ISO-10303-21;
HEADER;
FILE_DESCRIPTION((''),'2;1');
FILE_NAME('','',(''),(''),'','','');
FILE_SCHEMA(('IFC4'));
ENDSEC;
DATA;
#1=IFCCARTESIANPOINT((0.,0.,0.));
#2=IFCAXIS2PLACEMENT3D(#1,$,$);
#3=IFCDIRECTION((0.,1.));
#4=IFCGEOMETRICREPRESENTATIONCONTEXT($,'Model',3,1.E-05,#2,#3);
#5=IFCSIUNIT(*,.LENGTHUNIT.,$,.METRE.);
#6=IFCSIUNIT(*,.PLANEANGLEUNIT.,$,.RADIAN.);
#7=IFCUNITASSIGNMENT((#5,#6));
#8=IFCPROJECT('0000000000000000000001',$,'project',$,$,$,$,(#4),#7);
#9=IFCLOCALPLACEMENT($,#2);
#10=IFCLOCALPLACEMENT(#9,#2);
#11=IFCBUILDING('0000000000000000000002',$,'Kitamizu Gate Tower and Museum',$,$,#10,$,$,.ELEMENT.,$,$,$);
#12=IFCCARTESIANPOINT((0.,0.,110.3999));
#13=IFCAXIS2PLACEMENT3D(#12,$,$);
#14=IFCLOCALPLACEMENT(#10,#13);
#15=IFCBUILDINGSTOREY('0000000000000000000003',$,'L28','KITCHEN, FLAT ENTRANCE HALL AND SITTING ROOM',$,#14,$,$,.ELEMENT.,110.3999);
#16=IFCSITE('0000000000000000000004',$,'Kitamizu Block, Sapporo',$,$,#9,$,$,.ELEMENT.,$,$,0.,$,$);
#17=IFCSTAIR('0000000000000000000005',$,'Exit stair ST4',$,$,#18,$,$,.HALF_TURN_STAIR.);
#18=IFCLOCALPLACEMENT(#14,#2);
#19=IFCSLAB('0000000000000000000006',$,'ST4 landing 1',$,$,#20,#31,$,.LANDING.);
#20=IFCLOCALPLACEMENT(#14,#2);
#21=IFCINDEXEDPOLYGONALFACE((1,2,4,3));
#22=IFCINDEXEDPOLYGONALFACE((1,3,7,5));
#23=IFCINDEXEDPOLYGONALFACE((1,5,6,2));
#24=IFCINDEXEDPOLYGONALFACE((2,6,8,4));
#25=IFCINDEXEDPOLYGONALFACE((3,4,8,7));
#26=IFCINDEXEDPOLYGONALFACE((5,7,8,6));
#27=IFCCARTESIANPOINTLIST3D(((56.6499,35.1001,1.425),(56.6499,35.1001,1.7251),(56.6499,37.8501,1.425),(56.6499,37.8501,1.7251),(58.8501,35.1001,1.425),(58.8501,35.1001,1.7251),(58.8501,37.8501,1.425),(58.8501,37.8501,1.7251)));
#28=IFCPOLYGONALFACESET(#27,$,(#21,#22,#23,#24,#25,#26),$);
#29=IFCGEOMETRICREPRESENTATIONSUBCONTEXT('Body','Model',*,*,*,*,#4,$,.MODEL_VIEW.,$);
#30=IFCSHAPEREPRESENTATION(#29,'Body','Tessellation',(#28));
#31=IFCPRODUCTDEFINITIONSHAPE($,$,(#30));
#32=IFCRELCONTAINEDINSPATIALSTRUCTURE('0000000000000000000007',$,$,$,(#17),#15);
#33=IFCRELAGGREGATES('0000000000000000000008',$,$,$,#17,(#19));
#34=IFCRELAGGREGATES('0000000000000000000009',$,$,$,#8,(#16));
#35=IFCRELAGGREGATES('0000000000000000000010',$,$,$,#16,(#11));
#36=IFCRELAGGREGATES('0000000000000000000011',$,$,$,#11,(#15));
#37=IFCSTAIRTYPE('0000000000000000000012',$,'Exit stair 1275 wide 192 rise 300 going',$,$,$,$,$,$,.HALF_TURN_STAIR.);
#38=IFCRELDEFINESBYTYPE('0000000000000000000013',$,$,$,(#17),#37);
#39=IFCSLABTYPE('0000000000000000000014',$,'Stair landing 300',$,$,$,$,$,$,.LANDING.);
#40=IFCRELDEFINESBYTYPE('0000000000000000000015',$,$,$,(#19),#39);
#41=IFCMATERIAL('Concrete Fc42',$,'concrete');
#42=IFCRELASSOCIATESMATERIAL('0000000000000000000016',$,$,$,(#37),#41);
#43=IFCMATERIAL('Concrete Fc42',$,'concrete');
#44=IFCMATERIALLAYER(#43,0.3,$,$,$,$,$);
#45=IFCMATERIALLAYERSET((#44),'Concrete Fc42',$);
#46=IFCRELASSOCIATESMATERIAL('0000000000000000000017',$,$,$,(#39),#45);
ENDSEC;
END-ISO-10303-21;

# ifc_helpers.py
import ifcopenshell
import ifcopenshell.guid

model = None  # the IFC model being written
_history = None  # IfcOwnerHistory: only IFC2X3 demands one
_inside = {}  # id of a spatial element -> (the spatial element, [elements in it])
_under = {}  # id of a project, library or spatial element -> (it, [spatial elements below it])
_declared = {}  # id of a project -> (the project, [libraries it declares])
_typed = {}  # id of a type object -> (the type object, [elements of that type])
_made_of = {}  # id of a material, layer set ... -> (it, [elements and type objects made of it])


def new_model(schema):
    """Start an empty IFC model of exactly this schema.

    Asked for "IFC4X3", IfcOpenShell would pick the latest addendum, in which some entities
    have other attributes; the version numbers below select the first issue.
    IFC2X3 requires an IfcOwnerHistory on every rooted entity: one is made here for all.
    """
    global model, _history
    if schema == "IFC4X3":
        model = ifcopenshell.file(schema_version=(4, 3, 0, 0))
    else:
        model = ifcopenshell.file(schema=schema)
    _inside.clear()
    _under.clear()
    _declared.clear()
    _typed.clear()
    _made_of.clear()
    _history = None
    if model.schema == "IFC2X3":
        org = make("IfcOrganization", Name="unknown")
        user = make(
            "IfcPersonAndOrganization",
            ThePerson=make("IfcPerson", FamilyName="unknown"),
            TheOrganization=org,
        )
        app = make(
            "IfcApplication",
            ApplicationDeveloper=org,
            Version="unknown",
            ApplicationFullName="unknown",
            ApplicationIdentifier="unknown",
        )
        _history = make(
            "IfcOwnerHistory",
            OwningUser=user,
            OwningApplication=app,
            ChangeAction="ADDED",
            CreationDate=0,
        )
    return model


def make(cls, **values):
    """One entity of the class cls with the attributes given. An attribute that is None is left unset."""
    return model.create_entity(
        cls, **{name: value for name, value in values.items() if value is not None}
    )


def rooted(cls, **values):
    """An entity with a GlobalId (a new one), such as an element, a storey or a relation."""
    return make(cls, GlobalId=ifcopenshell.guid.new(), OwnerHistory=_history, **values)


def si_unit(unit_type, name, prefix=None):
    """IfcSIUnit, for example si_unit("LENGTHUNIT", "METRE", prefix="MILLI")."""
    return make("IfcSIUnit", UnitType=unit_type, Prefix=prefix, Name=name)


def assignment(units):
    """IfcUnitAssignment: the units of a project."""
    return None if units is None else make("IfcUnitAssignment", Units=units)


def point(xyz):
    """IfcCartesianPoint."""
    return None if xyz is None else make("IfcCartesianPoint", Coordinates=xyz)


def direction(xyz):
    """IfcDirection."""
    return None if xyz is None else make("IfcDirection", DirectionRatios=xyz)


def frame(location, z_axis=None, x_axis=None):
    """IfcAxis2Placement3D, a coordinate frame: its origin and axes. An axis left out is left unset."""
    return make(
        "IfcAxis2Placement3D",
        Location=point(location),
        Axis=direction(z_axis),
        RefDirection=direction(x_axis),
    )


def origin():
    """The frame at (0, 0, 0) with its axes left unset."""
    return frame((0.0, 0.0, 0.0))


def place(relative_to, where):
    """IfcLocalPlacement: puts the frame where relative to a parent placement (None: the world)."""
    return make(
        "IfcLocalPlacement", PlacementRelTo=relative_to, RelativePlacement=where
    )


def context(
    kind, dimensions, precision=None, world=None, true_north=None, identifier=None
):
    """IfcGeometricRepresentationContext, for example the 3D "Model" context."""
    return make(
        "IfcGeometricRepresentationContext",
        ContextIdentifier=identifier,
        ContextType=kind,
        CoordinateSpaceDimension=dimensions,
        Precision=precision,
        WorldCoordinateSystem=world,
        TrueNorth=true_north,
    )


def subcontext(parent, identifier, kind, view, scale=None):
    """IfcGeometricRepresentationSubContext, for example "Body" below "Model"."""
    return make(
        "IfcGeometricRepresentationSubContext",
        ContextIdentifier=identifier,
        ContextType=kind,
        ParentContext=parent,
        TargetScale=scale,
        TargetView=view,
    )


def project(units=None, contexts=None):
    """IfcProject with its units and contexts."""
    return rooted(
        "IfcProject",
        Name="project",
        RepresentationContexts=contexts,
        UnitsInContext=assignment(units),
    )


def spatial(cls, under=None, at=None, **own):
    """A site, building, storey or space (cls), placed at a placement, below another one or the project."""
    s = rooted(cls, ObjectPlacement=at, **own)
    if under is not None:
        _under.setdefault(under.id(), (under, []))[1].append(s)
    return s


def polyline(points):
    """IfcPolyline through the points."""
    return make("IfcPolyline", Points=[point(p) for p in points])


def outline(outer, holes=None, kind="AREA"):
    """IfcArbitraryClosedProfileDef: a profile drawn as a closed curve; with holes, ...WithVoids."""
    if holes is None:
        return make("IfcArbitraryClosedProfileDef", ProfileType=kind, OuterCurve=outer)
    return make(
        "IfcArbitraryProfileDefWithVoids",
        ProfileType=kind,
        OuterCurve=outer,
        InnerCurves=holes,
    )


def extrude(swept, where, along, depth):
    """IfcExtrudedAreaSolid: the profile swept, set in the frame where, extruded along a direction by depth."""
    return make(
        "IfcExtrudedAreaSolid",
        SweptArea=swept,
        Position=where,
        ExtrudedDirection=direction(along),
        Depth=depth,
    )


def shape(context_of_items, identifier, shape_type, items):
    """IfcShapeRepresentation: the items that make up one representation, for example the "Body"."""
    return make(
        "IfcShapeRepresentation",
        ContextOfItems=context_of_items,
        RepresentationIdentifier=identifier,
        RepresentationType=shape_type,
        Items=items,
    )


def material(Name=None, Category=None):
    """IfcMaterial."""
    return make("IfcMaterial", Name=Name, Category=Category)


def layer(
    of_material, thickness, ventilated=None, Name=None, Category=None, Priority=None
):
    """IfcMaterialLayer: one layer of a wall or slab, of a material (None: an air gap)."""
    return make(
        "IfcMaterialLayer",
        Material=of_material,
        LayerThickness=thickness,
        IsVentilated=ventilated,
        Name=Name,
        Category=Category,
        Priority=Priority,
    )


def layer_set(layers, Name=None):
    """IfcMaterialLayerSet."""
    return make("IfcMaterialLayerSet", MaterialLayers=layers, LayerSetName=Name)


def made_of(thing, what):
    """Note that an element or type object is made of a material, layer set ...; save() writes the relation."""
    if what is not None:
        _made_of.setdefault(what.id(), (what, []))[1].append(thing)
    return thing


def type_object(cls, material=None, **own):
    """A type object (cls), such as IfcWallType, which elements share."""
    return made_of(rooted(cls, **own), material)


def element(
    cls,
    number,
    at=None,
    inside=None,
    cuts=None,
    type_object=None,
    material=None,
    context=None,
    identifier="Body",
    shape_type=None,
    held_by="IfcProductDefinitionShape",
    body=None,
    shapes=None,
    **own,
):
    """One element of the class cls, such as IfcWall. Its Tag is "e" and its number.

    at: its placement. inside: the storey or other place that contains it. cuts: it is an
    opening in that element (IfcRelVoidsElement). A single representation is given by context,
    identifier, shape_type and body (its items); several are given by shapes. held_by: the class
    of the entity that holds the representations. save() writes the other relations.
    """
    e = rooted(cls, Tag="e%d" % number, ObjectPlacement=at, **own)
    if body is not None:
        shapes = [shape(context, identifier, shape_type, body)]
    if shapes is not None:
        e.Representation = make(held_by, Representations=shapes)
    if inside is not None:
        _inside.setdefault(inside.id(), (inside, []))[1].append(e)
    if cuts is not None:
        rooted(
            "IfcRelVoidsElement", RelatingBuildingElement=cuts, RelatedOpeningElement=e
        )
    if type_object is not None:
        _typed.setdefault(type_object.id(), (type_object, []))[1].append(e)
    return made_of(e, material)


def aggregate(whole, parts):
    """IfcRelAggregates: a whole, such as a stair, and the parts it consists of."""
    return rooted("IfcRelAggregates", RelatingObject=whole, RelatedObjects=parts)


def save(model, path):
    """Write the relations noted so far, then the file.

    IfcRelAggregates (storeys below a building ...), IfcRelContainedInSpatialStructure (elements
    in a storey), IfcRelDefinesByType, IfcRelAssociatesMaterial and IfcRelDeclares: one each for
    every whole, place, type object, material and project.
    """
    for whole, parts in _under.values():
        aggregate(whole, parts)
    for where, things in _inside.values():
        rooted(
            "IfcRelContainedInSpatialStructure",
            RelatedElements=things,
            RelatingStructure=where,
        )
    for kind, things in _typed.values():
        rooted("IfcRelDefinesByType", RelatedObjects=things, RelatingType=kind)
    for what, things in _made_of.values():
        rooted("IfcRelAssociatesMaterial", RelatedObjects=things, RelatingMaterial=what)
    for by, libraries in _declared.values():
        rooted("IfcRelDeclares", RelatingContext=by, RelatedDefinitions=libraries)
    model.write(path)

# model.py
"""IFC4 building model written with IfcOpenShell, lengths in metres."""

from ifc_helpers import new_model, si_unit, direction, frame, origin, place, context, subcontext, project, spatial, polyline, outline, extrude, material, layer, layer_set, type_object, element, aggregate, save


model = new_model("IFC4")

# Units and contexts
model_context = context("Model", 3, precision=1e-05, world=origin(), true_north=direction((0.0, 1.0)))
body_context = subcontext(model_context, "Body", "Model", "MODEL_VIEW")
ifc_project = project(units=[si_unit("LENGTHUNIT", "METRE"), si_unit("PLANEANGLEUNIT", "RADIAN")], contexts=[model_context])

# Site, building, storey
site_placement = place(None, origin())
site = spatial("IfcSite", under=ifc_project, at=site_placement, Name="Kitamizu Block, Sapporo", CompositionType="ELEMENT", RefElevation=0.0)
building_placement = place(site_placement, origin())
building = spatial("IfcBuilding", under=site, at=building_placement, Name="Kitamizu Gate Tower and Museum", CompositionType="ELEMENT")
storey_placement = place(building_placement, frame((0.0, 0.0, 110.3999)))
storey = spatial("IfcBuildingStorey", under=building, at=storey_placement, Name="L28", Description="KITCHEN, FLAT ENTRANCE HALL AND SITTING ROOM", CompositionType="ELEMENT", Elevation=110.3999)

# Stair, slab
ifc_material_1 = material(Name="Concrete Fc42", Category="concrete")
stair_type = type_object("IfcStairType", Name="Exit stair 1275 wide 192 rise 300 going", PredefinedType="HALF_TURN_STAIR", material=ifc_material_1)
ifc_material_2 = material(Name="Concrete Fc42", Category="concrete")
ifc_layer_1 = layer(ifc_material_2, 0.3)
ifc_layer_set_1 = layer_set([ifc_layer_1], Name="Concrete Fc42")
slab_type_1 = type_object("IfcSlabType", Name="Stair landing 300", PredefinedType="LANDING", material=ifc_layer_set_1)
stair_1_placement = place(storey_placement, origin())
stair_1 = element("IfcStair", 1, at=stair_1_placement, inside=storey, type_object=stair_type, Name="Exit stair ST4", PredefinedType="HALF_TURN_STAIR")
slab_1_placement = place(storey_placement, frame((0.0, 0.0, 1.425)))
slab_1 = element("IfcSlab", 2, at=slab_1_placement, type_object=slab_type_1, Name="ST4 landing 1", PredefinedType="LANDING", context=body_context, shape_type="SweptSolid", body=[
    extrude(outline(polyline([(56.6499, 35.1001), (58.8501, 35.1001), (58.8501, 37.8501), (56.6499, 37.8501), (56.6499, 35.1001)])), origin(), (0.0, 0.0, 1.0), 0.3),
])
aggregate(stair_1, [slab_1])

save(model, "model.ifc")
